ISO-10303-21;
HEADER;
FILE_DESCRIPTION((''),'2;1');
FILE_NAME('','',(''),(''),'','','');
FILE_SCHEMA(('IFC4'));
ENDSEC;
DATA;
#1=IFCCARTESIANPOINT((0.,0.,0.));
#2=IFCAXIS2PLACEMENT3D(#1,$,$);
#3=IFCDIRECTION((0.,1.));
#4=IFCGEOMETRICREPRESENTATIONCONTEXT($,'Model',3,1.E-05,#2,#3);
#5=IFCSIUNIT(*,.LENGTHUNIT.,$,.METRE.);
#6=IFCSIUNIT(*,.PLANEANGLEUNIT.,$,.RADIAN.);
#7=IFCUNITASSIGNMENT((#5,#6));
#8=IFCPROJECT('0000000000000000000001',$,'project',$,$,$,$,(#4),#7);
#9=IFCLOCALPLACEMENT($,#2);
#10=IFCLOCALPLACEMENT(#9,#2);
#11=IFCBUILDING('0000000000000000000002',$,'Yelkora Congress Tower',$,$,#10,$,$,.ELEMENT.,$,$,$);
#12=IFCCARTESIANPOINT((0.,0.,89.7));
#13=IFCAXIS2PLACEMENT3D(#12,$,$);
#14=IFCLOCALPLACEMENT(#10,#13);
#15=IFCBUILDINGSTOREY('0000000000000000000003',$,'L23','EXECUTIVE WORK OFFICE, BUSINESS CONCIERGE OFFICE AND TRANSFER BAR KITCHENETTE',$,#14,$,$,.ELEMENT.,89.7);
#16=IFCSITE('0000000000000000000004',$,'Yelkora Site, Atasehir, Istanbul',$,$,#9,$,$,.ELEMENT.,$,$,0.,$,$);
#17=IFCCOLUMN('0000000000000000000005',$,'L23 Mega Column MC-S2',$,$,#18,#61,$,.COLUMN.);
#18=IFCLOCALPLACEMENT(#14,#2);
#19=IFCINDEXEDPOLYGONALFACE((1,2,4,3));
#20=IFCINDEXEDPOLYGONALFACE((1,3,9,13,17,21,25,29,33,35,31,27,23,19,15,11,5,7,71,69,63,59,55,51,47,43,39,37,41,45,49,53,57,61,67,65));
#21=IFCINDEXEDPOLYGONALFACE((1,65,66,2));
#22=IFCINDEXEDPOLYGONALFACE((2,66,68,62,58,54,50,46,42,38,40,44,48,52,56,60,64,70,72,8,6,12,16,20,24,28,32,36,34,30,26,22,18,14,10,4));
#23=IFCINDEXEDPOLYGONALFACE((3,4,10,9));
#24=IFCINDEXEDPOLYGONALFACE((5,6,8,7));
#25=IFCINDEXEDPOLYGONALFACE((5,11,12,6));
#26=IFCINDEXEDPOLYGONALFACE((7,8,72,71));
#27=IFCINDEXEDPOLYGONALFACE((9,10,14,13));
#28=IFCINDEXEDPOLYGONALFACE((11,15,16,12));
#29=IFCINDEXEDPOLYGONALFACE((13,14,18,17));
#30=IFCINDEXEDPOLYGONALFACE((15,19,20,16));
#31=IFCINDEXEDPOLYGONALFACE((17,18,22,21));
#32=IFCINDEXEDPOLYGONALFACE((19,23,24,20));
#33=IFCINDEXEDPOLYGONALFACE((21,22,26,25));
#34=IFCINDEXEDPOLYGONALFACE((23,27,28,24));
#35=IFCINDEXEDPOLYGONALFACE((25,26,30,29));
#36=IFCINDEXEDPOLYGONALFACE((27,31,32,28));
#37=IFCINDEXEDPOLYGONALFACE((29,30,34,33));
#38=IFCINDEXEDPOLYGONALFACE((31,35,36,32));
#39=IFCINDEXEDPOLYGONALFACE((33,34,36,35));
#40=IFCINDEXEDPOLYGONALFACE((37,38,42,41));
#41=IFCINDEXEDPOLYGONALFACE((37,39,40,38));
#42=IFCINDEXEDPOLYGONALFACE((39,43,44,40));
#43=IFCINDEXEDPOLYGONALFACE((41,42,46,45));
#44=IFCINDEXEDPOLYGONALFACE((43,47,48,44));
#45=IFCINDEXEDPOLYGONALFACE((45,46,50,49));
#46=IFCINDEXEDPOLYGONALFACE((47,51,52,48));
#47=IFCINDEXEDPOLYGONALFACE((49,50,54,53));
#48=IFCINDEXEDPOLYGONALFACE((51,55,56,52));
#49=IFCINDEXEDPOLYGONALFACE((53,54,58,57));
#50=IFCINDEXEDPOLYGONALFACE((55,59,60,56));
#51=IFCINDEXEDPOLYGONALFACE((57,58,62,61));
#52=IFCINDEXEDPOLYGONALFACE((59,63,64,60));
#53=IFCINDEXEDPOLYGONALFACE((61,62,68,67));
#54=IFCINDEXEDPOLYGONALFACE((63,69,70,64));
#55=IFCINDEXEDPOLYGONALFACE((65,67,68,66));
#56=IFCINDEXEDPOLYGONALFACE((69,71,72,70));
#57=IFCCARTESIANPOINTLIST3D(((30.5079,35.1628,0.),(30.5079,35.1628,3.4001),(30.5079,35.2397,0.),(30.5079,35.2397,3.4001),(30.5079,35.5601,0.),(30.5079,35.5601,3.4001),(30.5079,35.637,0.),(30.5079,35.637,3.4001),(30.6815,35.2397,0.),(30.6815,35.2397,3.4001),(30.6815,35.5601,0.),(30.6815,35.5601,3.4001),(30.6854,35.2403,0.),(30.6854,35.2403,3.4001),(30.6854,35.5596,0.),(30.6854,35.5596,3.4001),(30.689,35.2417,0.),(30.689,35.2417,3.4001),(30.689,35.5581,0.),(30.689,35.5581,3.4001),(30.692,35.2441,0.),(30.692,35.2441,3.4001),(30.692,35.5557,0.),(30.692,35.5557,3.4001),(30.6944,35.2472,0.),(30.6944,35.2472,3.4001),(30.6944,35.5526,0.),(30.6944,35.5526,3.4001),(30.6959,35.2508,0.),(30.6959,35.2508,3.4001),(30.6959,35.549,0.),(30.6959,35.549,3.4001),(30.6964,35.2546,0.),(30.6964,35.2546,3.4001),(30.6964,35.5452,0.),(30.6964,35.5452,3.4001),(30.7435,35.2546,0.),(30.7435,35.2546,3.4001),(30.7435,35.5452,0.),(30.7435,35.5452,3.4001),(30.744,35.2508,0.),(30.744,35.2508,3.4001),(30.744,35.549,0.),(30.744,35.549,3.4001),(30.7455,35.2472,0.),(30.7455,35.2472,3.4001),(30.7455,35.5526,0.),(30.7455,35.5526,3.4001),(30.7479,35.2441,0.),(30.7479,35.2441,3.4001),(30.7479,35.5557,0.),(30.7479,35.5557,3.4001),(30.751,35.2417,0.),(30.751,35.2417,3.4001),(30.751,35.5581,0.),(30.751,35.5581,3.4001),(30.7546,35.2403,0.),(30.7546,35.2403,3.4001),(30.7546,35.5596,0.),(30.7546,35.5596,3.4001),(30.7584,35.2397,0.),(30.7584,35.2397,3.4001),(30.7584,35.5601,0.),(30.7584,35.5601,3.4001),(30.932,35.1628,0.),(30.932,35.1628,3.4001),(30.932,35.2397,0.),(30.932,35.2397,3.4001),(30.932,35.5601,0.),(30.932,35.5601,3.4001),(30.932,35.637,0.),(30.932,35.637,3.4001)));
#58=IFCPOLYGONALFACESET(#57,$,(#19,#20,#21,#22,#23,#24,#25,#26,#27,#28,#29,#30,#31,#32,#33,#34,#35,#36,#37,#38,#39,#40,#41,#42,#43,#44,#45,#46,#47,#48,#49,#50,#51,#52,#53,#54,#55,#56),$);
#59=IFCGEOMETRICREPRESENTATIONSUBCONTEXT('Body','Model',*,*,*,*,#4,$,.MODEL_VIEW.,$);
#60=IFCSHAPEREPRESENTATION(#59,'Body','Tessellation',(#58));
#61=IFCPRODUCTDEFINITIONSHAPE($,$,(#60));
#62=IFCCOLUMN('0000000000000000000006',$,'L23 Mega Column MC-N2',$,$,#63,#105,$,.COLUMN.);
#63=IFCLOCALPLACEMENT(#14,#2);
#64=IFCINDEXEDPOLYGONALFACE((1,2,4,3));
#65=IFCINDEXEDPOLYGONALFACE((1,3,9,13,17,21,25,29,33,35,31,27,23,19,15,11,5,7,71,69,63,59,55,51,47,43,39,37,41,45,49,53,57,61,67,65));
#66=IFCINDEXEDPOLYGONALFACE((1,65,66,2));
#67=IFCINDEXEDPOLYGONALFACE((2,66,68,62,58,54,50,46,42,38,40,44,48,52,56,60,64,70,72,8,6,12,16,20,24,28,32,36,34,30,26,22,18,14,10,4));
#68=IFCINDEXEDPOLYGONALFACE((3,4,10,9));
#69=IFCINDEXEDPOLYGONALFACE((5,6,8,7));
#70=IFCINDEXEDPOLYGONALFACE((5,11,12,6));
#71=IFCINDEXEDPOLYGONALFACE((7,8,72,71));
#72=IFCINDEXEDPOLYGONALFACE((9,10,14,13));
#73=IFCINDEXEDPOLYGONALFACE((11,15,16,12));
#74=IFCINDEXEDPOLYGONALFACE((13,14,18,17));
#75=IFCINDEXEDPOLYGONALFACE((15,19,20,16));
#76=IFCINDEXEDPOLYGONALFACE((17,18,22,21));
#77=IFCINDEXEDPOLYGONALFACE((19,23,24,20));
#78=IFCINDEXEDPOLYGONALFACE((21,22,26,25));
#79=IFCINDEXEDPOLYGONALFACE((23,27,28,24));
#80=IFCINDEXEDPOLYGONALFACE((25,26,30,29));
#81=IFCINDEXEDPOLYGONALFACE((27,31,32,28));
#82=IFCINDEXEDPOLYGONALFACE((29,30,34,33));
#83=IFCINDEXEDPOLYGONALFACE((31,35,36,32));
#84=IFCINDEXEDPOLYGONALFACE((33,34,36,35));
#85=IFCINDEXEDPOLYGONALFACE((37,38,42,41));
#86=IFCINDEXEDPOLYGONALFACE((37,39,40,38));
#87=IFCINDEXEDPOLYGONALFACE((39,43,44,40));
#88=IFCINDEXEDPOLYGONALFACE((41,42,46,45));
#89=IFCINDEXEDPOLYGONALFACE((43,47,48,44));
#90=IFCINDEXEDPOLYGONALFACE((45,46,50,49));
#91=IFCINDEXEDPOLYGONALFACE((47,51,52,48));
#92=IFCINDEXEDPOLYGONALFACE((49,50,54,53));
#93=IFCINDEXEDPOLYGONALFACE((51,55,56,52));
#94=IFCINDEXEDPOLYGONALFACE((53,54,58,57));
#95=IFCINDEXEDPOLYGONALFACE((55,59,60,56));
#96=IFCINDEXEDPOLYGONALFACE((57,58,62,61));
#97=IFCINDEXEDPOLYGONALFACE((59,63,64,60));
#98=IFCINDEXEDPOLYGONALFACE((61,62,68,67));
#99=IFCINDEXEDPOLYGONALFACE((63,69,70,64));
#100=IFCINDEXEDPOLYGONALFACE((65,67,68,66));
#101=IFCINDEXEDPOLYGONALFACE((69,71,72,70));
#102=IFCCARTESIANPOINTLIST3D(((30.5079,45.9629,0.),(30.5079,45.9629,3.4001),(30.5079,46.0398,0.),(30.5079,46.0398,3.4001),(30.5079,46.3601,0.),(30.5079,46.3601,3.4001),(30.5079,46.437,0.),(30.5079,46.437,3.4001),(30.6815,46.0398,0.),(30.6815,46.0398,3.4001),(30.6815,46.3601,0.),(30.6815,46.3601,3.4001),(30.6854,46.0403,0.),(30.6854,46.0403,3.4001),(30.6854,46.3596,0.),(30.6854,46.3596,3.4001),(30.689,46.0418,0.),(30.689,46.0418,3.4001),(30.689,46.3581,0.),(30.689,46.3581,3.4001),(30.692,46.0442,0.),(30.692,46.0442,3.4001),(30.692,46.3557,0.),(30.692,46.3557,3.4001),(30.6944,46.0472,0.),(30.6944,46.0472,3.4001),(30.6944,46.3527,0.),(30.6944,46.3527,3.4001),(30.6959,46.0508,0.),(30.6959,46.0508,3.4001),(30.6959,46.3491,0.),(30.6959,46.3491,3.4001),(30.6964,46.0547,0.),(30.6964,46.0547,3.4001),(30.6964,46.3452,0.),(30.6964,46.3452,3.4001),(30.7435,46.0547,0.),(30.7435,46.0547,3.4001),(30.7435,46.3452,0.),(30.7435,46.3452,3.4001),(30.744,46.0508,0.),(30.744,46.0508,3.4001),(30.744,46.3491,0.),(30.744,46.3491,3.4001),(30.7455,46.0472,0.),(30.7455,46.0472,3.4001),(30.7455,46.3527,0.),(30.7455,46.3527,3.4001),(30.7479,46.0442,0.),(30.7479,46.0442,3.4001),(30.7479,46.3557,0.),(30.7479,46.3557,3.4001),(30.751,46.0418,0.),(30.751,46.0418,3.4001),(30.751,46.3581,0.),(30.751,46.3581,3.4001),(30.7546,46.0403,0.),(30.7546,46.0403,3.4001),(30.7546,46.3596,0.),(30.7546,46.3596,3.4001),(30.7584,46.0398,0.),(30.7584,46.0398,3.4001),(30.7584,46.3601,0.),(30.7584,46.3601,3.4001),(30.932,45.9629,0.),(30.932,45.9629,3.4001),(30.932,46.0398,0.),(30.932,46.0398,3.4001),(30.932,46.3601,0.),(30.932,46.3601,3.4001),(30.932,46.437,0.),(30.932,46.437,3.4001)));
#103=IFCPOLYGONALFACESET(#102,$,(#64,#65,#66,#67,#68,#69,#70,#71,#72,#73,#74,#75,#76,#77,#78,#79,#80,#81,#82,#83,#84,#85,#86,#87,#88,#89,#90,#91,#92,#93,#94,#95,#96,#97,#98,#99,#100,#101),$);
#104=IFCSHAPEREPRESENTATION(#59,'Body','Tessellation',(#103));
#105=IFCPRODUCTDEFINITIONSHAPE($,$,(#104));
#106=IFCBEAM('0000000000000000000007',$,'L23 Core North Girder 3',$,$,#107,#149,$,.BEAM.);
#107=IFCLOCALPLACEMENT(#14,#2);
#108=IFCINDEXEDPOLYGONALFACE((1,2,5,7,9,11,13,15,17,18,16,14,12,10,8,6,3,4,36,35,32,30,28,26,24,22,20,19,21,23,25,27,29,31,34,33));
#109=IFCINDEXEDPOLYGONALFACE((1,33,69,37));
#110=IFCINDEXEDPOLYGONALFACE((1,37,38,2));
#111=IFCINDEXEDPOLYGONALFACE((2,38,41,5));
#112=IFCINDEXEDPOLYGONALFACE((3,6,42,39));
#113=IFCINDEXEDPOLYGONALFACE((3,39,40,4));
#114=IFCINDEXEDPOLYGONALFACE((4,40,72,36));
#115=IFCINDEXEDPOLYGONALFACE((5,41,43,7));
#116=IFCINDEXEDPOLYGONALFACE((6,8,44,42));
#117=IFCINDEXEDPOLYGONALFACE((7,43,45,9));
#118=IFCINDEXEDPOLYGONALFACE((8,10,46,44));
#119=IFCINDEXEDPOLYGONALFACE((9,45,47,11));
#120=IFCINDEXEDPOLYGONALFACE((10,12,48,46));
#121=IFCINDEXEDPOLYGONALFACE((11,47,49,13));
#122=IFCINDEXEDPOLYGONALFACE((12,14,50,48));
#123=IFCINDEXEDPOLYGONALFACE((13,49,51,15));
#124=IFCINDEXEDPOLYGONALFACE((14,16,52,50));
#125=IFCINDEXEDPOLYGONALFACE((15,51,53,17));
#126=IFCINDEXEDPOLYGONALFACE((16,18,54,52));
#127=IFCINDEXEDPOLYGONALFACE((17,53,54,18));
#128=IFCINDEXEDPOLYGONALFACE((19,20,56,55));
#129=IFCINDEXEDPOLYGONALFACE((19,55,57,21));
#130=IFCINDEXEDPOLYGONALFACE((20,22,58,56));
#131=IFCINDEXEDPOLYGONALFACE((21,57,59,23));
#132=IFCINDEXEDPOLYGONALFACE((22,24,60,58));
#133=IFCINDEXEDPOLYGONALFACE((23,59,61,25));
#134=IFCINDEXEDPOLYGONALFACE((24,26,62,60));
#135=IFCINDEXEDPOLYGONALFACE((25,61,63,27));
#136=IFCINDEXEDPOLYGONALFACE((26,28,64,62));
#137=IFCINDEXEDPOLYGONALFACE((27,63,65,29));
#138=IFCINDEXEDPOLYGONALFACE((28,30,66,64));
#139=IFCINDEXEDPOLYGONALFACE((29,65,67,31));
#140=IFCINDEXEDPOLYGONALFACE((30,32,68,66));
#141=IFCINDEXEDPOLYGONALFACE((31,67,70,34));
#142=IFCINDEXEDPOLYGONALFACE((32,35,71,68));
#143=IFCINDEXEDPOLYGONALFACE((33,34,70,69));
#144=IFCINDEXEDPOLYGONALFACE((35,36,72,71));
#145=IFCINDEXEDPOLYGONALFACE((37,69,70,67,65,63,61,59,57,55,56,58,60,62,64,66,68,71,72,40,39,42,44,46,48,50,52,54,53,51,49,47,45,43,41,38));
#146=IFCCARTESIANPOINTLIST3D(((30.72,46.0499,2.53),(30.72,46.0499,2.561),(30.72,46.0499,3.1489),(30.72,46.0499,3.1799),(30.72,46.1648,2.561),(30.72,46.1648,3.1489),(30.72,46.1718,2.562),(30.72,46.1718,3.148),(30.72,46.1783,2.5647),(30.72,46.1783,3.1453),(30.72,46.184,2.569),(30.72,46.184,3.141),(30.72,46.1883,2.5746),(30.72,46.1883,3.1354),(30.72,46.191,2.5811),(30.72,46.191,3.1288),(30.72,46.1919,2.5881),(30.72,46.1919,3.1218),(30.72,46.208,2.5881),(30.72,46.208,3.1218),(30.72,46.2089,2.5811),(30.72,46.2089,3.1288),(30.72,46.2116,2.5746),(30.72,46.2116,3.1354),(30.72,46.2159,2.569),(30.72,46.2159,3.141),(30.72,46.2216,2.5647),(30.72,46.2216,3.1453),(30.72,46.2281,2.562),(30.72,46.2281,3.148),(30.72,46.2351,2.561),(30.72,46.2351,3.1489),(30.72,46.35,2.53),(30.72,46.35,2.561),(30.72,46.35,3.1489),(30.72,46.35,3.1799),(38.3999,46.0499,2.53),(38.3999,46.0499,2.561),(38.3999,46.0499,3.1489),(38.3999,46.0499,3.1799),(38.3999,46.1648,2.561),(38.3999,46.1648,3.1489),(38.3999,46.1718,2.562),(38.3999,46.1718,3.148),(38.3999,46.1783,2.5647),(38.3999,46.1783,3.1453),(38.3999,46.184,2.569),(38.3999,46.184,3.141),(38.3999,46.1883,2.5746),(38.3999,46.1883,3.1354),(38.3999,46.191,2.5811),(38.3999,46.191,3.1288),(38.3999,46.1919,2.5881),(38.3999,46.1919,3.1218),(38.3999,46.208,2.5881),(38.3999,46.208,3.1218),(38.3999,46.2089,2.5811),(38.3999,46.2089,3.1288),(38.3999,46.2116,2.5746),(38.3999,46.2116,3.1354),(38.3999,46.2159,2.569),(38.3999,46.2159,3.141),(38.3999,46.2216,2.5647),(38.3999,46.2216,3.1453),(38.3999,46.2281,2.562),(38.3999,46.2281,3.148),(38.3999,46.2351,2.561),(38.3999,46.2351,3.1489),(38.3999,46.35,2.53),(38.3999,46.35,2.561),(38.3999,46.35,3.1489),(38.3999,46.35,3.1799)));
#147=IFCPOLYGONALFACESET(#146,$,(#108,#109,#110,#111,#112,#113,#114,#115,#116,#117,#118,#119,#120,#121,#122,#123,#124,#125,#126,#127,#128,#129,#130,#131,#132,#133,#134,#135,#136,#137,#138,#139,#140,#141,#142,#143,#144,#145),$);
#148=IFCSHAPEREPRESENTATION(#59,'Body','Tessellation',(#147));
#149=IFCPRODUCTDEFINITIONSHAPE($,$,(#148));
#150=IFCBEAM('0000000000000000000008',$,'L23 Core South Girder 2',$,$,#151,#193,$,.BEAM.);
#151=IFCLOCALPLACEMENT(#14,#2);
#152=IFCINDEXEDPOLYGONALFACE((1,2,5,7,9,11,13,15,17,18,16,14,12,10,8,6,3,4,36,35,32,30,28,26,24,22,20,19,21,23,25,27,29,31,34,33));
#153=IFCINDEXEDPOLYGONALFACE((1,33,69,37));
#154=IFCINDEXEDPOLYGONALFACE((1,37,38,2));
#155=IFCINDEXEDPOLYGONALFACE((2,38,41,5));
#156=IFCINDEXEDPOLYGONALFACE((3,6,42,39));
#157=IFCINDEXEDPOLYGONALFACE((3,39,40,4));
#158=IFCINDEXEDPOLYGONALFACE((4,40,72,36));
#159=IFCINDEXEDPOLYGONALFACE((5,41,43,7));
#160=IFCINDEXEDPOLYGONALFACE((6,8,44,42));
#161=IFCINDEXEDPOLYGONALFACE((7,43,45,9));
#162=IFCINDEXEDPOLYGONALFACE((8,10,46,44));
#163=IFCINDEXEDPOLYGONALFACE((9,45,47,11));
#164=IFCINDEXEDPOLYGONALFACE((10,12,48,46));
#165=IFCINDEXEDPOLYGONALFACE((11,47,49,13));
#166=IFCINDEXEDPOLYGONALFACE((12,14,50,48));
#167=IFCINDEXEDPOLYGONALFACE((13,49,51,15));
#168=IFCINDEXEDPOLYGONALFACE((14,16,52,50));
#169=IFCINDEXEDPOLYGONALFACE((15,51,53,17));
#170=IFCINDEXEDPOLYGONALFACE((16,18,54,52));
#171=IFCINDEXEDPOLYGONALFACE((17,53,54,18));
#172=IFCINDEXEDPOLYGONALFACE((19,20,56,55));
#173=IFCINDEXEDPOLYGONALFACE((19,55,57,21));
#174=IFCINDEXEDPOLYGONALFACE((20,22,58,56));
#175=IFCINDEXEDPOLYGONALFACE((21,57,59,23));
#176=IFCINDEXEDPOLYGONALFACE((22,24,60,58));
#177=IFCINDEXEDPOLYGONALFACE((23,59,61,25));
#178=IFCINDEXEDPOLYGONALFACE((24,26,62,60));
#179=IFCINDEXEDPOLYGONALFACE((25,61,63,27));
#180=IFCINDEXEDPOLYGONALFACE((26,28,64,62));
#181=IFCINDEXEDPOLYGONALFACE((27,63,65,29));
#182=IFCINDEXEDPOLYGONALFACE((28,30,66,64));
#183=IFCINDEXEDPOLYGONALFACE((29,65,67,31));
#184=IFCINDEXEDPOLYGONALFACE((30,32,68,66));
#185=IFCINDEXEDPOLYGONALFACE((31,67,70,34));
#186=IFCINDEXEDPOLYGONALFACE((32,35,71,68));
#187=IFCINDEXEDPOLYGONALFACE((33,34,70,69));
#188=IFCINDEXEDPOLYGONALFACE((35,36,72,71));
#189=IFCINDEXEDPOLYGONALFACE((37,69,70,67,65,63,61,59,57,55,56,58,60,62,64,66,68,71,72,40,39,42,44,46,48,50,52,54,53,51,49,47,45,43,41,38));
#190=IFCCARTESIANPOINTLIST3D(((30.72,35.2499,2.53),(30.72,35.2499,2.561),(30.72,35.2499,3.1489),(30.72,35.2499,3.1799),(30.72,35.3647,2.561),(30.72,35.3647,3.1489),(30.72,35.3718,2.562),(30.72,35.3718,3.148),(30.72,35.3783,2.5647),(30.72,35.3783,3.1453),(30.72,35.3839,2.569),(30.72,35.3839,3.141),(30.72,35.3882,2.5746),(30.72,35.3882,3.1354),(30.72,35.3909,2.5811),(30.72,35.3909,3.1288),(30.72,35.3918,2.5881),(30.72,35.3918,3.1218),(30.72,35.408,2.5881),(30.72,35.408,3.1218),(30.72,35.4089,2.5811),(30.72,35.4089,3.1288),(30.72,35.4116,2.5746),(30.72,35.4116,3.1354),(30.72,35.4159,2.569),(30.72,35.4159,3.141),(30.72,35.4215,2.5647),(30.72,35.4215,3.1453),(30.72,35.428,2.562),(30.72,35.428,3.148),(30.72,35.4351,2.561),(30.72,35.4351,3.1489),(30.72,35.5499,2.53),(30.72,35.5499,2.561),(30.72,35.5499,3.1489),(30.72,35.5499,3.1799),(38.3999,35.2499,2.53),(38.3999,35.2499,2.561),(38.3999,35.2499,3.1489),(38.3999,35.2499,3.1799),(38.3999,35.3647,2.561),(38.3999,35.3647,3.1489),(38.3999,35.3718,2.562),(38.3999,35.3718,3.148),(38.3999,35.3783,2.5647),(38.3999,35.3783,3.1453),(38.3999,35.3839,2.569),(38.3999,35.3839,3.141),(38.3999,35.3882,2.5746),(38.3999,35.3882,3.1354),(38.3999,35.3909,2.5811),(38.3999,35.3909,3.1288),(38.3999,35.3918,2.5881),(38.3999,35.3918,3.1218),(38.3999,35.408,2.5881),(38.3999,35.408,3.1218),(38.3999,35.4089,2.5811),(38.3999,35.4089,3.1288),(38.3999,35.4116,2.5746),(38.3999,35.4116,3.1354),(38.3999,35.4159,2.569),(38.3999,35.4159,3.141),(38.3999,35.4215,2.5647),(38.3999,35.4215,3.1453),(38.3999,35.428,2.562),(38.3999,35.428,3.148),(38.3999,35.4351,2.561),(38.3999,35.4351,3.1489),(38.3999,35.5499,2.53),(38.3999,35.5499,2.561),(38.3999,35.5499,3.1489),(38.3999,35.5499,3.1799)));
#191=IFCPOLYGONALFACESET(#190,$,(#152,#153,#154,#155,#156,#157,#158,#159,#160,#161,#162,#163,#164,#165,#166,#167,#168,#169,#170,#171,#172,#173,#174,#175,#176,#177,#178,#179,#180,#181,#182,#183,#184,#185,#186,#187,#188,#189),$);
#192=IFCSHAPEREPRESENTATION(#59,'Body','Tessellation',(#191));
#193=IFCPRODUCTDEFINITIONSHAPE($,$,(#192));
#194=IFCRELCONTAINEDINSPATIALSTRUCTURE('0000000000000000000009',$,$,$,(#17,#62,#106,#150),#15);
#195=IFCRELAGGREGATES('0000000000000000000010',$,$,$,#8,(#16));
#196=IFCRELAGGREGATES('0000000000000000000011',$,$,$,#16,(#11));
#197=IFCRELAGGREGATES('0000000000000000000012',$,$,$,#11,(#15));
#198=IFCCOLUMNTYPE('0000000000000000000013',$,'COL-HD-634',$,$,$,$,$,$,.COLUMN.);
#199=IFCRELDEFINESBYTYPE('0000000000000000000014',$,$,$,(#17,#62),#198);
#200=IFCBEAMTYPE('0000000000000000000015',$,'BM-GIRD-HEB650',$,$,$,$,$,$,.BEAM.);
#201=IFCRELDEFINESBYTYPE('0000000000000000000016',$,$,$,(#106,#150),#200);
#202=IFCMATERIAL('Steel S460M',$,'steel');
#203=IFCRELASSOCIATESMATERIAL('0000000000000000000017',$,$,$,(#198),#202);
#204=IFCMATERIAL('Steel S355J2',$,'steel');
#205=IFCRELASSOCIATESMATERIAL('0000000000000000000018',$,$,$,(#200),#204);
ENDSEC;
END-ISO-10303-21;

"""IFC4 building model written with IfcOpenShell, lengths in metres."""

from ifc_helpers import new_model, si_unit, direction, frame, origin, origin_2d, place, context, subcontext, project, spatial, i_section, extrude, material, material_profile, profile_set, type_object, element, save


model = new_model("IFC4")

# Units and contexts
model_context = context("Model", 3, precision=1e-05, world=origin(), true_north=direction((0.0, 1.0)))
body_context = subcontext(model_context, "Body", "Model", "MODEL_VIEW")
ifc_project = project(units=[si_unit("LENGTHUNIT", "METRE"), si_unit("PLANEANGLEUNIT", "RADIAN")], contexts=[model_context])

# Site, building, storey
site_placement = place(None, origin())
site = spatial("IfcSite", under=ifc_project, at=site_placement, Name="Yelkora Site, Atasehir, Istanbul", CompositionType="ELEMENT", RefElevation=0.0)
building_placement = place(site_placement, origin())
building = spatial("IfcBuilding", under=site, at=building_placement, Name="Yelkora Congress Tower", CompositionType="ELEMENT")
storey_placement = place(building_placement, frame((0.0, 0.0, 89.7)))
storey = spatial("IfcBuildingStorey", under=building, at=storey_placement, Name="L23", Description="EXECUTIVE WORK OFFICE, BUSINESS CONCIERGE OFFICE AND TRANSFER BAR KITCHENETTE", CompositionType="ELEMENT", Elevation=89.7)

# Columns
ifc_material_1 = material(Name="Steel S460M", Category="steel")
ifc_material_profile_1 = material_profile(ifc_material_1, i_section(OverallWidth=0.4241, OverallDepth=0.4741, WebThickness=0.0471, FlangeThickness=0.0769, FilletRadius=0.0149, at=origin_2d()), Name="HD 400x634")
ifc_profile_set_1 = profile_set([ifc_material_profile_1], Name="Steel S460M")
column_type = type_object("IfcColumnType", Name="COL-HD-634", PredefinedType="COLUMN", material=ifc_profile_set_1)
for number, where, z_axis, x_axis, name in (
    (1, (30.72, 35.3999, 0.0), (0.0, 0.0, 1.0), (1.0, 0.0, 0.0), "L23 Mega Column MC-S2"),
    (2, (30.72, 46.2, 0.0), (0.0, 0.0, 1.0), (1.0, 0.0, 0.0), "L23 Mega Column MC-N2"),
):
    element("IfcColumn", number, at=place(storey_placement, frame(where, z_axis=z_axis, x_axis=x_axis)), inside=storey, type_object=column_type, Name=name, PredefinedType="COLUMN", context=body_context, shape_type="SweptSolid", body=[
        extrude(i_section(OverallWidth=0.4241, OverallDepth=0.4741, WebThickness=0.0471, FlangeThickness=0.0769, FilletRadius=0.0149, at=origin_2d()), origin(), (0.0, 0.0, 1.0), 3.4001),
    ])

# Beams
ifc_material_2 = material(Name="Steel S355J2", Category="steel")
ifc_material_profile_2 = material_profile(ifc_material_2, i_section(OverallWidth=0.3, OverallDepth=0.6499, WebThickness=0.0161, FlangeThickness=0.031, FilletRadius=0.0271, at=origin_2d()), Name="HEB 650")
ifc_profile_set_2 = profile_set([ifc_material_profile_2], Name="Steel S355J2")
beam_type = type_object("IfcBeamType", Name="BM-GIRD-HEB650", PredefinedType="BEAM", material=ifc_profile_set_2)
for number, where, z_axis, x_axis, name in (
    (3, (30.72, 46.2, 2.855), (1.0, 0.0, 0.0), (0.0, 1.0, 0.0), "L23 Core North Girder 3"),
    (4, (30.72, 35.3999, 2.855), (1.0, 0.0, 0.0), (0.0, 1.0, 0.0), "L23 Core South Girder 2"),
):
    element("IfcBeam", number, at=place(storey_placement, frame(where, z_axis=z_axis, x_axis=x_axis)), inside=storey, type_object=beam_type, Name=name, PredefinedType="BEAM", context=body_context, shape_type="SweptSolid", body=[
        extrude(i_section(OverallWidth=0.3, OverallDepth=0.6499, WebThickness=0.0161, FlangeThickness=0.031, FilletRadius=0.0271, at=origin_2d()), origin(), (0.0, 0.0, 1.0), 7.6799),
    ])

save(model, "model.ifc")
